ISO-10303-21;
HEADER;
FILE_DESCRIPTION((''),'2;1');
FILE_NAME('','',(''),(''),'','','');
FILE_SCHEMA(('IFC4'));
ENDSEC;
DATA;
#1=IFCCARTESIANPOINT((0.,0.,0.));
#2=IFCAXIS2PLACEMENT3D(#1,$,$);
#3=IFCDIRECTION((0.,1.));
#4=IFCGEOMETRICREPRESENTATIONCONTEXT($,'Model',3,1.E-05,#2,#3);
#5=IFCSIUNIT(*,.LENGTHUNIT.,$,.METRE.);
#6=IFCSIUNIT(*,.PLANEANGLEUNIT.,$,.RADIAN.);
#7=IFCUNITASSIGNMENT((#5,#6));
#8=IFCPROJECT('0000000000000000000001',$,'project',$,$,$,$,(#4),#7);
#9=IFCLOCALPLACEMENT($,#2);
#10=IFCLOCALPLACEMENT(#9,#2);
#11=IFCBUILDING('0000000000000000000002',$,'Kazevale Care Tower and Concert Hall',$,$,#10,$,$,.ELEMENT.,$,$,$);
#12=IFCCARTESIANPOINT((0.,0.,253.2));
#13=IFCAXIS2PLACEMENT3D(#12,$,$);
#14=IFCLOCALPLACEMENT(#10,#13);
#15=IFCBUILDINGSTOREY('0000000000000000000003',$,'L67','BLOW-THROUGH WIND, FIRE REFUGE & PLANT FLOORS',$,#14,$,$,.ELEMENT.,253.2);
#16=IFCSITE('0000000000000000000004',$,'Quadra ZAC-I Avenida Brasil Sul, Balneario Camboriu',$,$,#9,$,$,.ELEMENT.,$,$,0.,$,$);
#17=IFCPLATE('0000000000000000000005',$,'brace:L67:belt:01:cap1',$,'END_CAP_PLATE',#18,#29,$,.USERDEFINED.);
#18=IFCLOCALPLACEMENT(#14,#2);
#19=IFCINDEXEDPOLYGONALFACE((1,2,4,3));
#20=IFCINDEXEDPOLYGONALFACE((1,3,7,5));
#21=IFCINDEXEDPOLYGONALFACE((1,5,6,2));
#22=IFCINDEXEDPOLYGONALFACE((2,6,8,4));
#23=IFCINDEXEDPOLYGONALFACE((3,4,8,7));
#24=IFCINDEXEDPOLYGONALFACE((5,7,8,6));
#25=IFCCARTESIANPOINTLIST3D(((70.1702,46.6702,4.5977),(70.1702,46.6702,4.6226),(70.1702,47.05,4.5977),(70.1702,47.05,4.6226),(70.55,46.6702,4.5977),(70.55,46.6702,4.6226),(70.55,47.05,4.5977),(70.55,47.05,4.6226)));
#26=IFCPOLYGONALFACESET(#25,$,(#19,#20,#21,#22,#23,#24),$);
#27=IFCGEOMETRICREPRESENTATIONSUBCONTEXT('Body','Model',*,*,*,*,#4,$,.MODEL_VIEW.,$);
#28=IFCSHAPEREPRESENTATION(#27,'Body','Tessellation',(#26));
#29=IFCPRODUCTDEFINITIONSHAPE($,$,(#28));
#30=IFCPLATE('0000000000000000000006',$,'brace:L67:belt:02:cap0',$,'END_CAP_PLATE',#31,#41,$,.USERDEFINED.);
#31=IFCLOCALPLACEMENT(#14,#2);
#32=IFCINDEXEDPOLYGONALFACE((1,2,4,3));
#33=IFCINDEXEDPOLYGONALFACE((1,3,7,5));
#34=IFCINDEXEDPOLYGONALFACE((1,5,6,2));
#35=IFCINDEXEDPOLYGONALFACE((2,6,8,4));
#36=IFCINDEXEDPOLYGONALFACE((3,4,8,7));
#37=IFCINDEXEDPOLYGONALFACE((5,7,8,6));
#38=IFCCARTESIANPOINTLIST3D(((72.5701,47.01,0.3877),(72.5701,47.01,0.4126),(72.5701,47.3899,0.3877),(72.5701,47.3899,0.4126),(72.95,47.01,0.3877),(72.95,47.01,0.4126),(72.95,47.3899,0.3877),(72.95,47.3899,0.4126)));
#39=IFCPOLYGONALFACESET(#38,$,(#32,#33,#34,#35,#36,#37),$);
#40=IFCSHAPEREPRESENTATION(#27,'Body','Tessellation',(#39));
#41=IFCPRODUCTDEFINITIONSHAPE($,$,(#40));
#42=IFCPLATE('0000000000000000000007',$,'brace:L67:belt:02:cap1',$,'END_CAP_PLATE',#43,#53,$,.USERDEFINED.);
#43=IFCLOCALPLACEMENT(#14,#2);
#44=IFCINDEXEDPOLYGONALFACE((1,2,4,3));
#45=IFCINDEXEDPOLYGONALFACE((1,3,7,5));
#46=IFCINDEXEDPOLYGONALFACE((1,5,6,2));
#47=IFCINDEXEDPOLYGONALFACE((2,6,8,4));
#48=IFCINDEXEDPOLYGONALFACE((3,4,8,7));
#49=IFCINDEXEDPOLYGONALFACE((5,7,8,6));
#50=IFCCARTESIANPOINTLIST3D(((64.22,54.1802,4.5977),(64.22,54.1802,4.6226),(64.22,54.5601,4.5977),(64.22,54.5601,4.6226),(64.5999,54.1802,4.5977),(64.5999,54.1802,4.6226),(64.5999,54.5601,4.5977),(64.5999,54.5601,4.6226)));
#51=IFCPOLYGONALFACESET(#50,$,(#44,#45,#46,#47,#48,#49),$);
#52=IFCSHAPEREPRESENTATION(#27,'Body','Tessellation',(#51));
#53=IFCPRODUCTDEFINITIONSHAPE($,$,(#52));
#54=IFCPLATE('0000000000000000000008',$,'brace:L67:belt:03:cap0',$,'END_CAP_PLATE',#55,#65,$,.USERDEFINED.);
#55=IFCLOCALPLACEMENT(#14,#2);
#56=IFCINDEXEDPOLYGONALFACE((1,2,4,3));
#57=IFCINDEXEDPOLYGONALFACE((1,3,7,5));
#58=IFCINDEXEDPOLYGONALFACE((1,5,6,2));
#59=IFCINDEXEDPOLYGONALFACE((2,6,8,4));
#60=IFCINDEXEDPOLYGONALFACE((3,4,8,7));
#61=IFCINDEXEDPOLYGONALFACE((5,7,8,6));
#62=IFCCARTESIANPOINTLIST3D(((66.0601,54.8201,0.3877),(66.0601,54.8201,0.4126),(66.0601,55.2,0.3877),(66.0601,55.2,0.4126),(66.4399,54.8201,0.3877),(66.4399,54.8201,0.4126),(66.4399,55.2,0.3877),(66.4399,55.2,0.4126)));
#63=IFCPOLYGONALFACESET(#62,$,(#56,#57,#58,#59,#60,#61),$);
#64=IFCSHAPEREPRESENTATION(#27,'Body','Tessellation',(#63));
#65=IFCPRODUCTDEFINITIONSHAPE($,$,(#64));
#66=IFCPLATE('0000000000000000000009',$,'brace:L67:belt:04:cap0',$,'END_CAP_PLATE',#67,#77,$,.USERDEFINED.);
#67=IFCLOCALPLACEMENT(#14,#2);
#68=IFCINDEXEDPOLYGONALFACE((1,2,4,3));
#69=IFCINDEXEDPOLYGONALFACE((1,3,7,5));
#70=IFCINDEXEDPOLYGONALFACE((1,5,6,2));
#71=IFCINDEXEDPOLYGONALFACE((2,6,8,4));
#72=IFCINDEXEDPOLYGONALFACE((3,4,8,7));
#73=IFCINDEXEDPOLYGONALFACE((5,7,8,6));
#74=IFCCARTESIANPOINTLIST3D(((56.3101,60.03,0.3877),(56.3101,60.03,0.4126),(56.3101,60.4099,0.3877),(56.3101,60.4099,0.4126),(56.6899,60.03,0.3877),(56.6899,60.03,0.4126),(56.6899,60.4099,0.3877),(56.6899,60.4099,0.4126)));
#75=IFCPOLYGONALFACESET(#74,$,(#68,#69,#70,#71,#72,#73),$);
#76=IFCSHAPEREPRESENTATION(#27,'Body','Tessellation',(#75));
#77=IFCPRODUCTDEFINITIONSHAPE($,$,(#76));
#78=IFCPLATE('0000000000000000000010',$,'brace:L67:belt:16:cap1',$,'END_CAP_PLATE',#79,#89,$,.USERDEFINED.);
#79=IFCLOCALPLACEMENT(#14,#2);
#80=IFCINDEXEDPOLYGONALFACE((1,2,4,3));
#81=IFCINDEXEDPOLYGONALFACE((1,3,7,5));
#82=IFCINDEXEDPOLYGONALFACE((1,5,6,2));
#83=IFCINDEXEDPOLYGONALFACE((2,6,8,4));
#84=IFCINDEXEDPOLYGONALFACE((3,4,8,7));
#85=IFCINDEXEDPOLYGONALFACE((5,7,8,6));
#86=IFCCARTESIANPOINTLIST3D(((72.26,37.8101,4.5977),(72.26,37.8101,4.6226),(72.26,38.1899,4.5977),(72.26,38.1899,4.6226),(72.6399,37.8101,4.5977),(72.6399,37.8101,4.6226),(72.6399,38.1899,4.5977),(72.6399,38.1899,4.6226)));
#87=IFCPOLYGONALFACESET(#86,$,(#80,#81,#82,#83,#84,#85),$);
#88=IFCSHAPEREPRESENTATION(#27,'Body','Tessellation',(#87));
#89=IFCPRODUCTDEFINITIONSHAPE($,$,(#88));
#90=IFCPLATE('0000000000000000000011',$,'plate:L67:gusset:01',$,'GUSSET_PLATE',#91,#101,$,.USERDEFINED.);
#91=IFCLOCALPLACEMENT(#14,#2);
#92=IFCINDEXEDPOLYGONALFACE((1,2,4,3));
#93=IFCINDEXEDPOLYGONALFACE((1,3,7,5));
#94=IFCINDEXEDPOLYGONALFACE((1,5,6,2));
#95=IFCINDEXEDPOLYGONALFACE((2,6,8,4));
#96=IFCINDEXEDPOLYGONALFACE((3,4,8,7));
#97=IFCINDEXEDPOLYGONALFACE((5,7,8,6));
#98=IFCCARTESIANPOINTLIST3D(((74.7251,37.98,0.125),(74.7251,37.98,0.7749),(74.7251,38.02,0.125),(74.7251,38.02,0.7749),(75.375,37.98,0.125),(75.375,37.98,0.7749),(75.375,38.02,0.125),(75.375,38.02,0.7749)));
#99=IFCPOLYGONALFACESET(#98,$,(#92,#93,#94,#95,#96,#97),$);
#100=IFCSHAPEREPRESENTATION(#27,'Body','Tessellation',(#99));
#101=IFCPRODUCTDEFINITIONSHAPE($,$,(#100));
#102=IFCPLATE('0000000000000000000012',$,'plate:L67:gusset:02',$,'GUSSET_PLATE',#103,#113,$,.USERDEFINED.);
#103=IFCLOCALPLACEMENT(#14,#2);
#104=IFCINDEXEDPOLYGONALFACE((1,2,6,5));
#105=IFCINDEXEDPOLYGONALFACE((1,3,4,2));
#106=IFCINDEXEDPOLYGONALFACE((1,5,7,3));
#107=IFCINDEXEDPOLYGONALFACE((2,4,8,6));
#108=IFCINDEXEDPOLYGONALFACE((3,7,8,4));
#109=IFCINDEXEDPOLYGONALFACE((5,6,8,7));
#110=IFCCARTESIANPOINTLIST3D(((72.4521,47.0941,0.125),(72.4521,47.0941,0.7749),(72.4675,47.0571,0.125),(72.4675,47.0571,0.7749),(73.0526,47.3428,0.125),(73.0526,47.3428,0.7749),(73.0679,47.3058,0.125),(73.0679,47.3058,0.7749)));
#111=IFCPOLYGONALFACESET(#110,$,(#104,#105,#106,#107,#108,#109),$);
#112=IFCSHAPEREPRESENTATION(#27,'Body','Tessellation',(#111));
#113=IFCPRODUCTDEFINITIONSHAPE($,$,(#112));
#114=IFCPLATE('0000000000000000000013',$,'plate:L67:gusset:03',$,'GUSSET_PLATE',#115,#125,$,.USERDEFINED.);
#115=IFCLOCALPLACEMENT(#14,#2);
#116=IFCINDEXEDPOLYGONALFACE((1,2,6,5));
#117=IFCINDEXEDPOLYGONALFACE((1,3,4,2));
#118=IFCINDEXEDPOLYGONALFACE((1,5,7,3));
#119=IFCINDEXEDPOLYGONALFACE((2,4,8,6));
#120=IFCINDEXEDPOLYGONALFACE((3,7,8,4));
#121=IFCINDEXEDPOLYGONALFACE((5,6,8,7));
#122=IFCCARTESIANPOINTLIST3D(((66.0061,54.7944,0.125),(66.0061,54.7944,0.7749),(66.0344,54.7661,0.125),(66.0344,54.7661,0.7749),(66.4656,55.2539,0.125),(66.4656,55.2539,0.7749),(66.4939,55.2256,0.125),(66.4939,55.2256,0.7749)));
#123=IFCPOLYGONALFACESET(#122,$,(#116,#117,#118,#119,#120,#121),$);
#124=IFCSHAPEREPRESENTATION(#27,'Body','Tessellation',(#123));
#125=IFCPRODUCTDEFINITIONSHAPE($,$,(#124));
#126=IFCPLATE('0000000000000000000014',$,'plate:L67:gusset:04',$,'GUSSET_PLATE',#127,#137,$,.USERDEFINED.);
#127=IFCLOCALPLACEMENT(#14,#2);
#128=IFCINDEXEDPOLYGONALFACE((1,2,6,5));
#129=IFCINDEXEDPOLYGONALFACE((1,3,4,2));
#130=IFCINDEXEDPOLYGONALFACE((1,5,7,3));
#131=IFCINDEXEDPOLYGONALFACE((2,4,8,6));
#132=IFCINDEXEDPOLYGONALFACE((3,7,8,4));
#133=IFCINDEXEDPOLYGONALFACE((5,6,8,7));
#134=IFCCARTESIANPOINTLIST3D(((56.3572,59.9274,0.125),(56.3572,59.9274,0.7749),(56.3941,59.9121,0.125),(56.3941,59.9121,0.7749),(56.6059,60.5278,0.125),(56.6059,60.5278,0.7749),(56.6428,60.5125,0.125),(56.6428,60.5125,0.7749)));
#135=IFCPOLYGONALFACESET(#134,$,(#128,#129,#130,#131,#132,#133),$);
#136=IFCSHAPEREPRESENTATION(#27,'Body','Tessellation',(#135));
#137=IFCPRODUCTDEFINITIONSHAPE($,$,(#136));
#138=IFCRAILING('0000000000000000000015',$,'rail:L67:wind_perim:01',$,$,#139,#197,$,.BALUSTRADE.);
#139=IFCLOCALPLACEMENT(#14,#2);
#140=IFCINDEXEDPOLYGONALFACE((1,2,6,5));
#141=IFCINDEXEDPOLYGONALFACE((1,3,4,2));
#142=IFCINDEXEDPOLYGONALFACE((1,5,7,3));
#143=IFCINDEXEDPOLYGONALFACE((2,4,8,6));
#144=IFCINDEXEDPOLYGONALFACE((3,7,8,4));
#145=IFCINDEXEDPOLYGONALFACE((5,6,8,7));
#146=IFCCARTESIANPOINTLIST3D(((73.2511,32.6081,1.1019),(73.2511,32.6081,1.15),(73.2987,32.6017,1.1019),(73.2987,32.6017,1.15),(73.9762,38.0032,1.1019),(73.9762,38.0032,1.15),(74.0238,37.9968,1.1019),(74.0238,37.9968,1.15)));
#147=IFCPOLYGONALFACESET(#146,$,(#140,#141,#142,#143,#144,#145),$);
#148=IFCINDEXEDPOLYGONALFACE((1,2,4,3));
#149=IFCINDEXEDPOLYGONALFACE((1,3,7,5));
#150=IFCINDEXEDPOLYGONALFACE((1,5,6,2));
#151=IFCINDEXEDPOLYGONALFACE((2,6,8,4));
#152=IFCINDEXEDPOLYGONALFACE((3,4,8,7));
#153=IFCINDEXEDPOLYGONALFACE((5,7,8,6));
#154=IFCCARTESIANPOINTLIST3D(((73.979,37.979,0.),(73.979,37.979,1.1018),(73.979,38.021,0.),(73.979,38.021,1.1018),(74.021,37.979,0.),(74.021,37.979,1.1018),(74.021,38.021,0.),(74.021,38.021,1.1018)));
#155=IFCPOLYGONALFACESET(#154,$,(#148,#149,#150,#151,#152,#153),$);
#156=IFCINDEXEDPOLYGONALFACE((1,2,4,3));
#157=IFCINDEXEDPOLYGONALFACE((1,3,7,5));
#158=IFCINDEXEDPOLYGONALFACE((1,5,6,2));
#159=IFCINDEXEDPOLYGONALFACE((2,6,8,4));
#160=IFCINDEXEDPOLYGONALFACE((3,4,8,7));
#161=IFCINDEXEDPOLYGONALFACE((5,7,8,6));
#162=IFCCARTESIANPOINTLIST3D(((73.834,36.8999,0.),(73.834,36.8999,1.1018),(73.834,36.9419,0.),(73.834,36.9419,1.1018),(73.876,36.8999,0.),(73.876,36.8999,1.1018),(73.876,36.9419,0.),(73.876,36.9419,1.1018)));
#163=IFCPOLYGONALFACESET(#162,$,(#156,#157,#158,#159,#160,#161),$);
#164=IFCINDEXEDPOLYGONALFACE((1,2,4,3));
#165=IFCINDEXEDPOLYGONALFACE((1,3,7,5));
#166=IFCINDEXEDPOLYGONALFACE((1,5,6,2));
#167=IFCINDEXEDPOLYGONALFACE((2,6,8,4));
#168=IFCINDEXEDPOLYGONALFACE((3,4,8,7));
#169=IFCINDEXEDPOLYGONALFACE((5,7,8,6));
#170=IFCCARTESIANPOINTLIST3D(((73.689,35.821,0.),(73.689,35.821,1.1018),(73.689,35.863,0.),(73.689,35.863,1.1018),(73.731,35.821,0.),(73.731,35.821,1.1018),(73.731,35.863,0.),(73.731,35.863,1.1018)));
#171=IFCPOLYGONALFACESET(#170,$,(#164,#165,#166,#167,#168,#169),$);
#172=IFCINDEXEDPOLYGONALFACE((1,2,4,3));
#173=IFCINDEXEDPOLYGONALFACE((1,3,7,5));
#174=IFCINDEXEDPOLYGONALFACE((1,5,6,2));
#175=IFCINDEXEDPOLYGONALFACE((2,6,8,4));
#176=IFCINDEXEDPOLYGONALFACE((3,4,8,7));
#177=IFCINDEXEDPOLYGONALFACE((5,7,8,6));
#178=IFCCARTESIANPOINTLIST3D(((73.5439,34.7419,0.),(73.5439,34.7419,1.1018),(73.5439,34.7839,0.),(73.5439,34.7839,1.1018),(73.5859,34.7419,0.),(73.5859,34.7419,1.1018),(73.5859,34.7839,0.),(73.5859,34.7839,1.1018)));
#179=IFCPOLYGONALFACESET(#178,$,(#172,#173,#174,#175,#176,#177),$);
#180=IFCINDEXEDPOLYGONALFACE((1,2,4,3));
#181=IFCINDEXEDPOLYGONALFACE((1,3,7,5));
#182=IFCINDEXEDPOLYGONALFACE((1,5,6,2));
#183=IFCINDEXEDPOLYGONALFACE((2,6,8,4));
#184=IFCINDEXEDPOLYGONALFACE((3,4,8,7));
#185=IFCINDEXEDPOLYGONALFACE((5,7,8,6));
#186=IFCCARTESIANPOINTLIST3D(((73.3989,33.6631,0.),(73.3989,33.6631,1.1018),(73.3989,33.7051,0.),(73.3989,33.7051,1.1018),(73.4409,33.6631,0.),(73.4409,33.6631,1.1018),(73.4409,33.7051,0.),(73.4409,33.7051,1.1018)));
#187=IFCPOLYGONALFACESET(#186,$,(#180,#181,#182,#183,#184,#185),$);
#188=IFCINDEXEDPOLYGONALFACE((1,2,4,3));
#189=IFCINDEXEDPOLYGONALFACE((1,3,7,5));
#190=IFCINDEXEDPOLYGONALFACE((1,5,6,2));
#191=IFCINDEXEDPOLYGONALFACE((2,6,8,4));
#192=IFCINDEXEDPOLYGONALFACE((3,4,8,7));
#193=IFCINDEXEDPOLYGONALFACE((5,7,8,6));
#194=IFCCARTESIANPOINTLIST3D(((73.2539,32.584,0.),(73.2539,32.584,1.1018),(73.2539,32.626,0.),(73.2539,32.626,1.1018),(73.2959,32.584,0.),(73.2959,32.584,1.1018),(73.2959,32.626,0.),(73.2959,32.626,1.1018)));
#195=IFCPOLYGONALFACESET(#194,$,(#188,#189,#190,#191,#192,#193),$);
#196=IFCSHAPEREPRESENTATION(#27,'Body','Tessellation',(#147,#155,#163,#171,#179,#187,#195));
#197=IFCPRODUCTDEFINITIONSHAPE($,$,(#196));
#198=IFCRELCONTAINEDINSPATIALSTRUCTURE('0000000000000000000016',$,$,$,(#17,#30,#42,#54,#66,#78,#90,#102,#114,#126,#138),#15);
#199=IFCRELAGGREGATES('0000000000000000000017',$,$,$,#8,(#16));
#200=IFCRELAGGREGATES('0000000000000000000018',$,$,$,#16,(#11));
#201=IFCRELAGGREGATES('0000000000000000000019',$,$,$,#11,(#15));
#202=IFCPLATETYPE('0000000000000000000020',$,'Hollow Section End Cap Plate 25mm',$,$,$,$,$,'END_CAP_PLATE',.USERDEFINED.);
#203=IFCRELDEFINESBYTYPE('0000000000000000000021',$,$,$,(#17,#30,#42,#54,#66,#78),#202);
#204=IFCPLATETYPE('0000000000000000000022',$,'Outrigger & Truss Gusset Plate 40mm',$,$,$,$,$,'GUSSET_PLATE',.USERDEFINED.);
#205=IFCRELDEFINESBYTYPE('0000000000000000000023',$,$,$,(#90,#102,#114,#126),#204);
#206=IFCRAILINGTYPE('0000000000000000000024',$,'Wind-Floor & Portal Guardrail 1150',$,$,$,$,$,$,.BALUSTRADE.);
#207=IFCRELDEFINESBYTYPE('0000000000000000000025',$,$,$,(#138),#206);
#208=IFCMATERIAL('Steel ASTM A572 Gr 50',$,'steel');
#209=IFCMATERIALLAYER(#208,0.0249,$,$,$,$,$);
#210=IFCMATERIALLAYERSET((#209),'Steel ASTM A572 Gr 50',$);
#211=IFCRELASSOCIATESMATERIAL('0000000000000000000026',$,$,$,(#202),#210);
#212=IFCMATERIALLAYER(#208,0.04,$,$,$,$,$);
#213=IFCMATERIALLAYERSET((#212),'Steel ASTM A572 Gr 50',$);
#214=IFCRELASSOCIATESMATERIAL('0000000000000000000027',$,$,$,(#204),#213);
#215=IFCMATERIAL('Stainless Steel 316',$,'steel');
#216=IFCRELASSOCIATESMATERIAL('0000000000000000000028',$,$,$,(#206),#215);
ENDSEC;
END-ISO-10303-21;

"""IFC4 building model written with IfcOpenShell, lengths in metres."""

from ifc_helpers import new_model, si_unit, direction, frame, origin, origin_2d, place, context, subcontext, project, spatial, rectangle, extrude, material, layer, layer_set, type_object, element, save


model = new_model("IFC4")

# Units and contexts
model_context = context("Model", 3, precision=1e-05, world=origin(), true_north=direction((0.0, 1.0)))
body_context = subcontext(model_context, "Body", "Model", "MODEL_VIEW")
ifc_project = project(units=[si_unit("LENGTHUNIT", "METRE"), si_unit("PLANEANGLEUNIT", "RADIAN")], contexts=[model_context])

# Site, building, storey
site_placement = place(None, origin())
site = spatial("IfcSite", under=ifc_project, at=site_placement, Name="Quadra ZAC-I Avenida Brasil Sul, Balneario Camboriu", CompositionType="ELEMENT", RefElevation=0.0)
building_placement = place(site_placement, origin())
building = spatial("IfcBuilding", under=site, at=building_placement, Name="Kazevale Care Tower and Concert Hall", CompositionType="ELEMENT")
storey_placement = place(building_placement, frame((0.0, 0.0, 253.2)))
storey = spatial("IfcBuildingStorey", under=building, at=storey_placement, Name="L67", Description="BLOW-THROUGH WIND, FIRE REFUGE & PLANT FLOORS", CompositionType="ELEMENT", Elevation=253.2)

# Shared definitions
ifc_material_1 = material(Name="Steel ASTM A572 Gr 50", Category="steel")

# Plates
ifc_layer_1 = layer(ifc_material_1, 0.0249)
ifc_layer_set_1 = layer_set([ifc_layer_1], Name="Steel ASTM A572 Gr 50")
plate_type_1 = type_object("IfcPlateType", Name="Hollow Section End Cap Plate 25mm", ElementType="END_CAP_PLATE", PredefinedType="USERDEFINED", material=ifc_layer_set_1)
for number, where, z_axis, x_axis, name in (
    (1, (70.3601, 46.8601, 4.5977), (0.0, 0.0, 1.0), (1.0, 0.0, 0.0), "brace:L67:belt:01:cap1"),
    (2, (72.76, 47.2, 0.3877), (0.0, 0.0, 1.0), (1.0, 0.0, 0.0), "brace:L67:belt:02:cap0"),
    (3, (64.4099, 54.3701, 4.5977), (0.0, 0.0, 1.0), (1.0, 0.0, 0.0), "brace:L67:belt:02:cap1"),
    (4, (66.25, 55.01, 0.3877), (0.0, 0.0, 1.0), (1.0, 0.0, 0.0), "brace:L67:belt:03:cap0"),
    (5, (56.5, 60.22, 0.3877), (0.0, 0.0, 1.0), (1.0, 0.0, 0.0), "brace:L67:belt:04:cap0"),
    (6, (72.45, 38.0, 4.5977), (0.0, 0.0, 1.0), (1.0, 0.0, 0.0), "brace:L67:belt:16:cap1"),
):
    element("IfcPlate", number, at=place(storey_placement, frame(where, z_axis=z_axis, x_axis=x_axis)), inside=storey, type_object=plate_type_1, Name=name, ObjectType="END_CAP_PLATE", PredefinedType="USERDEFINED", context=body_context, shape_type="SweptSolid", body=[
        extrude(rectangle(XDim=0.3799, YDim=0.3799, at=origin_2d()), origin(), (0.0, 0.0, 1.0), 0.0249),
    ])
ifc_layer_2 = layer(ifc_material_1, 0.04)
ifc_layer_set_2 = layer_set([ifc_layer_2], Name="Steel ASTM A572 Gr 50")
plate_type_2 = type_object("IfcPlateType", Name="Outrigger & Truss Gusset Plate 40mm", ElementType="GUSSET_PLATE", PredefinedType="USERDEFINED", material=ifc_layer_set_2)
for number, where, z_axis, x_axis, name in (
    (7, (75.05, 38.0, 0.125), (0.0, 0.0, 1.0), (1.0, 0.0, 0.0), "plate:L67:gusset:01"),
    (8, (72.76, 47.2, 0.125), (0.0, 0.0, 1.0), (0.92388, 0.382683, 0.0), "plate:L67:gusset:02"),
    (9, (66.25, 55.01, 0.125), (0.0, 0.0, 1.0), (0.707107, 0.707107, 0.0), "plate:L67:gusset:03"),
    (10, (56.5, 60.22, 0.125), (0.0, 0.0, 1.0), (0.382683, 0.92388, 0.0), "plate:L67:gusset:04"),
):
    element("IfcPlate", number, at=place(storey_placement, frame(where, z_axis=z_axis, x_axis=x_axis)), inside=storey, type_object=plate_type_2, Name=name, ObjectType="GUSSET_PLATE", PredefinedType="USERDEFINED", context=body_context, shape_type="SweptSolid", body=[
        extrude(rectangle(XDim=0.6499, YDim=0.04, at=origin_2d()), origin(), (0.0, 0.0, 1.0), 0.6499),
    ])

# Railing
ifc_material_2 = material(Name="Stainless Steel 316", Category="steel")
railing_type = type_object("IfcRailingType", Name="Wind-Floor & Portal Guardrail 1150", PredefinedType="BALUSTRADE", material=ifc_material_2)
railing_1_placement = place(storey_placement, frame((74.0, 38.0, 0.0)))
element("IfcRailing", 11, at=railing_1_placement, inside=storey, type_object=railing_type, Name="rail:L67:wind_perim:01", PredefinedType="BALUSTRADE", context=body_context, shape_type="SweptSolid", body=[
    extrude(rectangle(XDim=0.0481, YDim=0.0481, at=origin_2d()), frame((0.0, 0.0, 1.126), z_axis=(-0.133204, -0.991089, 0.0), x_axis=(0.991089, -0.133204, 0.0)), (0.0, 0.0, 1.0), 5.4436),
    extrude(rectangle(XDim=0.042, YDim=0.042, at=origin_2d()), origin(), (0.0, 0.0, 1.0), 1.1018),
    extrude(rectangle(XDim=0.042, YDim=0.042, at=origin_2d()), frame((-0.145, -1.0791, 0.0)), (0.0, 0.0, 1.0), 1.1018),
    extrude(rectangle(XDim=0.042, YDim=0.042, at=origin_2d()), frame((-0.29, -2.158, 0.0)), (0.0, 0.0, 1.0), 1.1018),
    extrude(rectangle(XDim=0.042, YDim=0.042, at=origin_2d()), frame((-0.4351, -3.2371, 0.0)), (0.0, 0.0, 1.0), 1.1018),
    extrude(rectangle(XDim=0.042, YDim=0.042, at=origin_2d()), frame((-0.5801, -4.3159, 0.0)), (0.0, 0.0, 1.0), 1.1018),
    extrude(rectangle(XDim=0.042, YDim=0.042, at=origin_2d()), frame((-0.7251, -5.395, 0.0)), (0.0, 0.0, 1.0), 1.1018),
])

save(model, "model.ifc")
